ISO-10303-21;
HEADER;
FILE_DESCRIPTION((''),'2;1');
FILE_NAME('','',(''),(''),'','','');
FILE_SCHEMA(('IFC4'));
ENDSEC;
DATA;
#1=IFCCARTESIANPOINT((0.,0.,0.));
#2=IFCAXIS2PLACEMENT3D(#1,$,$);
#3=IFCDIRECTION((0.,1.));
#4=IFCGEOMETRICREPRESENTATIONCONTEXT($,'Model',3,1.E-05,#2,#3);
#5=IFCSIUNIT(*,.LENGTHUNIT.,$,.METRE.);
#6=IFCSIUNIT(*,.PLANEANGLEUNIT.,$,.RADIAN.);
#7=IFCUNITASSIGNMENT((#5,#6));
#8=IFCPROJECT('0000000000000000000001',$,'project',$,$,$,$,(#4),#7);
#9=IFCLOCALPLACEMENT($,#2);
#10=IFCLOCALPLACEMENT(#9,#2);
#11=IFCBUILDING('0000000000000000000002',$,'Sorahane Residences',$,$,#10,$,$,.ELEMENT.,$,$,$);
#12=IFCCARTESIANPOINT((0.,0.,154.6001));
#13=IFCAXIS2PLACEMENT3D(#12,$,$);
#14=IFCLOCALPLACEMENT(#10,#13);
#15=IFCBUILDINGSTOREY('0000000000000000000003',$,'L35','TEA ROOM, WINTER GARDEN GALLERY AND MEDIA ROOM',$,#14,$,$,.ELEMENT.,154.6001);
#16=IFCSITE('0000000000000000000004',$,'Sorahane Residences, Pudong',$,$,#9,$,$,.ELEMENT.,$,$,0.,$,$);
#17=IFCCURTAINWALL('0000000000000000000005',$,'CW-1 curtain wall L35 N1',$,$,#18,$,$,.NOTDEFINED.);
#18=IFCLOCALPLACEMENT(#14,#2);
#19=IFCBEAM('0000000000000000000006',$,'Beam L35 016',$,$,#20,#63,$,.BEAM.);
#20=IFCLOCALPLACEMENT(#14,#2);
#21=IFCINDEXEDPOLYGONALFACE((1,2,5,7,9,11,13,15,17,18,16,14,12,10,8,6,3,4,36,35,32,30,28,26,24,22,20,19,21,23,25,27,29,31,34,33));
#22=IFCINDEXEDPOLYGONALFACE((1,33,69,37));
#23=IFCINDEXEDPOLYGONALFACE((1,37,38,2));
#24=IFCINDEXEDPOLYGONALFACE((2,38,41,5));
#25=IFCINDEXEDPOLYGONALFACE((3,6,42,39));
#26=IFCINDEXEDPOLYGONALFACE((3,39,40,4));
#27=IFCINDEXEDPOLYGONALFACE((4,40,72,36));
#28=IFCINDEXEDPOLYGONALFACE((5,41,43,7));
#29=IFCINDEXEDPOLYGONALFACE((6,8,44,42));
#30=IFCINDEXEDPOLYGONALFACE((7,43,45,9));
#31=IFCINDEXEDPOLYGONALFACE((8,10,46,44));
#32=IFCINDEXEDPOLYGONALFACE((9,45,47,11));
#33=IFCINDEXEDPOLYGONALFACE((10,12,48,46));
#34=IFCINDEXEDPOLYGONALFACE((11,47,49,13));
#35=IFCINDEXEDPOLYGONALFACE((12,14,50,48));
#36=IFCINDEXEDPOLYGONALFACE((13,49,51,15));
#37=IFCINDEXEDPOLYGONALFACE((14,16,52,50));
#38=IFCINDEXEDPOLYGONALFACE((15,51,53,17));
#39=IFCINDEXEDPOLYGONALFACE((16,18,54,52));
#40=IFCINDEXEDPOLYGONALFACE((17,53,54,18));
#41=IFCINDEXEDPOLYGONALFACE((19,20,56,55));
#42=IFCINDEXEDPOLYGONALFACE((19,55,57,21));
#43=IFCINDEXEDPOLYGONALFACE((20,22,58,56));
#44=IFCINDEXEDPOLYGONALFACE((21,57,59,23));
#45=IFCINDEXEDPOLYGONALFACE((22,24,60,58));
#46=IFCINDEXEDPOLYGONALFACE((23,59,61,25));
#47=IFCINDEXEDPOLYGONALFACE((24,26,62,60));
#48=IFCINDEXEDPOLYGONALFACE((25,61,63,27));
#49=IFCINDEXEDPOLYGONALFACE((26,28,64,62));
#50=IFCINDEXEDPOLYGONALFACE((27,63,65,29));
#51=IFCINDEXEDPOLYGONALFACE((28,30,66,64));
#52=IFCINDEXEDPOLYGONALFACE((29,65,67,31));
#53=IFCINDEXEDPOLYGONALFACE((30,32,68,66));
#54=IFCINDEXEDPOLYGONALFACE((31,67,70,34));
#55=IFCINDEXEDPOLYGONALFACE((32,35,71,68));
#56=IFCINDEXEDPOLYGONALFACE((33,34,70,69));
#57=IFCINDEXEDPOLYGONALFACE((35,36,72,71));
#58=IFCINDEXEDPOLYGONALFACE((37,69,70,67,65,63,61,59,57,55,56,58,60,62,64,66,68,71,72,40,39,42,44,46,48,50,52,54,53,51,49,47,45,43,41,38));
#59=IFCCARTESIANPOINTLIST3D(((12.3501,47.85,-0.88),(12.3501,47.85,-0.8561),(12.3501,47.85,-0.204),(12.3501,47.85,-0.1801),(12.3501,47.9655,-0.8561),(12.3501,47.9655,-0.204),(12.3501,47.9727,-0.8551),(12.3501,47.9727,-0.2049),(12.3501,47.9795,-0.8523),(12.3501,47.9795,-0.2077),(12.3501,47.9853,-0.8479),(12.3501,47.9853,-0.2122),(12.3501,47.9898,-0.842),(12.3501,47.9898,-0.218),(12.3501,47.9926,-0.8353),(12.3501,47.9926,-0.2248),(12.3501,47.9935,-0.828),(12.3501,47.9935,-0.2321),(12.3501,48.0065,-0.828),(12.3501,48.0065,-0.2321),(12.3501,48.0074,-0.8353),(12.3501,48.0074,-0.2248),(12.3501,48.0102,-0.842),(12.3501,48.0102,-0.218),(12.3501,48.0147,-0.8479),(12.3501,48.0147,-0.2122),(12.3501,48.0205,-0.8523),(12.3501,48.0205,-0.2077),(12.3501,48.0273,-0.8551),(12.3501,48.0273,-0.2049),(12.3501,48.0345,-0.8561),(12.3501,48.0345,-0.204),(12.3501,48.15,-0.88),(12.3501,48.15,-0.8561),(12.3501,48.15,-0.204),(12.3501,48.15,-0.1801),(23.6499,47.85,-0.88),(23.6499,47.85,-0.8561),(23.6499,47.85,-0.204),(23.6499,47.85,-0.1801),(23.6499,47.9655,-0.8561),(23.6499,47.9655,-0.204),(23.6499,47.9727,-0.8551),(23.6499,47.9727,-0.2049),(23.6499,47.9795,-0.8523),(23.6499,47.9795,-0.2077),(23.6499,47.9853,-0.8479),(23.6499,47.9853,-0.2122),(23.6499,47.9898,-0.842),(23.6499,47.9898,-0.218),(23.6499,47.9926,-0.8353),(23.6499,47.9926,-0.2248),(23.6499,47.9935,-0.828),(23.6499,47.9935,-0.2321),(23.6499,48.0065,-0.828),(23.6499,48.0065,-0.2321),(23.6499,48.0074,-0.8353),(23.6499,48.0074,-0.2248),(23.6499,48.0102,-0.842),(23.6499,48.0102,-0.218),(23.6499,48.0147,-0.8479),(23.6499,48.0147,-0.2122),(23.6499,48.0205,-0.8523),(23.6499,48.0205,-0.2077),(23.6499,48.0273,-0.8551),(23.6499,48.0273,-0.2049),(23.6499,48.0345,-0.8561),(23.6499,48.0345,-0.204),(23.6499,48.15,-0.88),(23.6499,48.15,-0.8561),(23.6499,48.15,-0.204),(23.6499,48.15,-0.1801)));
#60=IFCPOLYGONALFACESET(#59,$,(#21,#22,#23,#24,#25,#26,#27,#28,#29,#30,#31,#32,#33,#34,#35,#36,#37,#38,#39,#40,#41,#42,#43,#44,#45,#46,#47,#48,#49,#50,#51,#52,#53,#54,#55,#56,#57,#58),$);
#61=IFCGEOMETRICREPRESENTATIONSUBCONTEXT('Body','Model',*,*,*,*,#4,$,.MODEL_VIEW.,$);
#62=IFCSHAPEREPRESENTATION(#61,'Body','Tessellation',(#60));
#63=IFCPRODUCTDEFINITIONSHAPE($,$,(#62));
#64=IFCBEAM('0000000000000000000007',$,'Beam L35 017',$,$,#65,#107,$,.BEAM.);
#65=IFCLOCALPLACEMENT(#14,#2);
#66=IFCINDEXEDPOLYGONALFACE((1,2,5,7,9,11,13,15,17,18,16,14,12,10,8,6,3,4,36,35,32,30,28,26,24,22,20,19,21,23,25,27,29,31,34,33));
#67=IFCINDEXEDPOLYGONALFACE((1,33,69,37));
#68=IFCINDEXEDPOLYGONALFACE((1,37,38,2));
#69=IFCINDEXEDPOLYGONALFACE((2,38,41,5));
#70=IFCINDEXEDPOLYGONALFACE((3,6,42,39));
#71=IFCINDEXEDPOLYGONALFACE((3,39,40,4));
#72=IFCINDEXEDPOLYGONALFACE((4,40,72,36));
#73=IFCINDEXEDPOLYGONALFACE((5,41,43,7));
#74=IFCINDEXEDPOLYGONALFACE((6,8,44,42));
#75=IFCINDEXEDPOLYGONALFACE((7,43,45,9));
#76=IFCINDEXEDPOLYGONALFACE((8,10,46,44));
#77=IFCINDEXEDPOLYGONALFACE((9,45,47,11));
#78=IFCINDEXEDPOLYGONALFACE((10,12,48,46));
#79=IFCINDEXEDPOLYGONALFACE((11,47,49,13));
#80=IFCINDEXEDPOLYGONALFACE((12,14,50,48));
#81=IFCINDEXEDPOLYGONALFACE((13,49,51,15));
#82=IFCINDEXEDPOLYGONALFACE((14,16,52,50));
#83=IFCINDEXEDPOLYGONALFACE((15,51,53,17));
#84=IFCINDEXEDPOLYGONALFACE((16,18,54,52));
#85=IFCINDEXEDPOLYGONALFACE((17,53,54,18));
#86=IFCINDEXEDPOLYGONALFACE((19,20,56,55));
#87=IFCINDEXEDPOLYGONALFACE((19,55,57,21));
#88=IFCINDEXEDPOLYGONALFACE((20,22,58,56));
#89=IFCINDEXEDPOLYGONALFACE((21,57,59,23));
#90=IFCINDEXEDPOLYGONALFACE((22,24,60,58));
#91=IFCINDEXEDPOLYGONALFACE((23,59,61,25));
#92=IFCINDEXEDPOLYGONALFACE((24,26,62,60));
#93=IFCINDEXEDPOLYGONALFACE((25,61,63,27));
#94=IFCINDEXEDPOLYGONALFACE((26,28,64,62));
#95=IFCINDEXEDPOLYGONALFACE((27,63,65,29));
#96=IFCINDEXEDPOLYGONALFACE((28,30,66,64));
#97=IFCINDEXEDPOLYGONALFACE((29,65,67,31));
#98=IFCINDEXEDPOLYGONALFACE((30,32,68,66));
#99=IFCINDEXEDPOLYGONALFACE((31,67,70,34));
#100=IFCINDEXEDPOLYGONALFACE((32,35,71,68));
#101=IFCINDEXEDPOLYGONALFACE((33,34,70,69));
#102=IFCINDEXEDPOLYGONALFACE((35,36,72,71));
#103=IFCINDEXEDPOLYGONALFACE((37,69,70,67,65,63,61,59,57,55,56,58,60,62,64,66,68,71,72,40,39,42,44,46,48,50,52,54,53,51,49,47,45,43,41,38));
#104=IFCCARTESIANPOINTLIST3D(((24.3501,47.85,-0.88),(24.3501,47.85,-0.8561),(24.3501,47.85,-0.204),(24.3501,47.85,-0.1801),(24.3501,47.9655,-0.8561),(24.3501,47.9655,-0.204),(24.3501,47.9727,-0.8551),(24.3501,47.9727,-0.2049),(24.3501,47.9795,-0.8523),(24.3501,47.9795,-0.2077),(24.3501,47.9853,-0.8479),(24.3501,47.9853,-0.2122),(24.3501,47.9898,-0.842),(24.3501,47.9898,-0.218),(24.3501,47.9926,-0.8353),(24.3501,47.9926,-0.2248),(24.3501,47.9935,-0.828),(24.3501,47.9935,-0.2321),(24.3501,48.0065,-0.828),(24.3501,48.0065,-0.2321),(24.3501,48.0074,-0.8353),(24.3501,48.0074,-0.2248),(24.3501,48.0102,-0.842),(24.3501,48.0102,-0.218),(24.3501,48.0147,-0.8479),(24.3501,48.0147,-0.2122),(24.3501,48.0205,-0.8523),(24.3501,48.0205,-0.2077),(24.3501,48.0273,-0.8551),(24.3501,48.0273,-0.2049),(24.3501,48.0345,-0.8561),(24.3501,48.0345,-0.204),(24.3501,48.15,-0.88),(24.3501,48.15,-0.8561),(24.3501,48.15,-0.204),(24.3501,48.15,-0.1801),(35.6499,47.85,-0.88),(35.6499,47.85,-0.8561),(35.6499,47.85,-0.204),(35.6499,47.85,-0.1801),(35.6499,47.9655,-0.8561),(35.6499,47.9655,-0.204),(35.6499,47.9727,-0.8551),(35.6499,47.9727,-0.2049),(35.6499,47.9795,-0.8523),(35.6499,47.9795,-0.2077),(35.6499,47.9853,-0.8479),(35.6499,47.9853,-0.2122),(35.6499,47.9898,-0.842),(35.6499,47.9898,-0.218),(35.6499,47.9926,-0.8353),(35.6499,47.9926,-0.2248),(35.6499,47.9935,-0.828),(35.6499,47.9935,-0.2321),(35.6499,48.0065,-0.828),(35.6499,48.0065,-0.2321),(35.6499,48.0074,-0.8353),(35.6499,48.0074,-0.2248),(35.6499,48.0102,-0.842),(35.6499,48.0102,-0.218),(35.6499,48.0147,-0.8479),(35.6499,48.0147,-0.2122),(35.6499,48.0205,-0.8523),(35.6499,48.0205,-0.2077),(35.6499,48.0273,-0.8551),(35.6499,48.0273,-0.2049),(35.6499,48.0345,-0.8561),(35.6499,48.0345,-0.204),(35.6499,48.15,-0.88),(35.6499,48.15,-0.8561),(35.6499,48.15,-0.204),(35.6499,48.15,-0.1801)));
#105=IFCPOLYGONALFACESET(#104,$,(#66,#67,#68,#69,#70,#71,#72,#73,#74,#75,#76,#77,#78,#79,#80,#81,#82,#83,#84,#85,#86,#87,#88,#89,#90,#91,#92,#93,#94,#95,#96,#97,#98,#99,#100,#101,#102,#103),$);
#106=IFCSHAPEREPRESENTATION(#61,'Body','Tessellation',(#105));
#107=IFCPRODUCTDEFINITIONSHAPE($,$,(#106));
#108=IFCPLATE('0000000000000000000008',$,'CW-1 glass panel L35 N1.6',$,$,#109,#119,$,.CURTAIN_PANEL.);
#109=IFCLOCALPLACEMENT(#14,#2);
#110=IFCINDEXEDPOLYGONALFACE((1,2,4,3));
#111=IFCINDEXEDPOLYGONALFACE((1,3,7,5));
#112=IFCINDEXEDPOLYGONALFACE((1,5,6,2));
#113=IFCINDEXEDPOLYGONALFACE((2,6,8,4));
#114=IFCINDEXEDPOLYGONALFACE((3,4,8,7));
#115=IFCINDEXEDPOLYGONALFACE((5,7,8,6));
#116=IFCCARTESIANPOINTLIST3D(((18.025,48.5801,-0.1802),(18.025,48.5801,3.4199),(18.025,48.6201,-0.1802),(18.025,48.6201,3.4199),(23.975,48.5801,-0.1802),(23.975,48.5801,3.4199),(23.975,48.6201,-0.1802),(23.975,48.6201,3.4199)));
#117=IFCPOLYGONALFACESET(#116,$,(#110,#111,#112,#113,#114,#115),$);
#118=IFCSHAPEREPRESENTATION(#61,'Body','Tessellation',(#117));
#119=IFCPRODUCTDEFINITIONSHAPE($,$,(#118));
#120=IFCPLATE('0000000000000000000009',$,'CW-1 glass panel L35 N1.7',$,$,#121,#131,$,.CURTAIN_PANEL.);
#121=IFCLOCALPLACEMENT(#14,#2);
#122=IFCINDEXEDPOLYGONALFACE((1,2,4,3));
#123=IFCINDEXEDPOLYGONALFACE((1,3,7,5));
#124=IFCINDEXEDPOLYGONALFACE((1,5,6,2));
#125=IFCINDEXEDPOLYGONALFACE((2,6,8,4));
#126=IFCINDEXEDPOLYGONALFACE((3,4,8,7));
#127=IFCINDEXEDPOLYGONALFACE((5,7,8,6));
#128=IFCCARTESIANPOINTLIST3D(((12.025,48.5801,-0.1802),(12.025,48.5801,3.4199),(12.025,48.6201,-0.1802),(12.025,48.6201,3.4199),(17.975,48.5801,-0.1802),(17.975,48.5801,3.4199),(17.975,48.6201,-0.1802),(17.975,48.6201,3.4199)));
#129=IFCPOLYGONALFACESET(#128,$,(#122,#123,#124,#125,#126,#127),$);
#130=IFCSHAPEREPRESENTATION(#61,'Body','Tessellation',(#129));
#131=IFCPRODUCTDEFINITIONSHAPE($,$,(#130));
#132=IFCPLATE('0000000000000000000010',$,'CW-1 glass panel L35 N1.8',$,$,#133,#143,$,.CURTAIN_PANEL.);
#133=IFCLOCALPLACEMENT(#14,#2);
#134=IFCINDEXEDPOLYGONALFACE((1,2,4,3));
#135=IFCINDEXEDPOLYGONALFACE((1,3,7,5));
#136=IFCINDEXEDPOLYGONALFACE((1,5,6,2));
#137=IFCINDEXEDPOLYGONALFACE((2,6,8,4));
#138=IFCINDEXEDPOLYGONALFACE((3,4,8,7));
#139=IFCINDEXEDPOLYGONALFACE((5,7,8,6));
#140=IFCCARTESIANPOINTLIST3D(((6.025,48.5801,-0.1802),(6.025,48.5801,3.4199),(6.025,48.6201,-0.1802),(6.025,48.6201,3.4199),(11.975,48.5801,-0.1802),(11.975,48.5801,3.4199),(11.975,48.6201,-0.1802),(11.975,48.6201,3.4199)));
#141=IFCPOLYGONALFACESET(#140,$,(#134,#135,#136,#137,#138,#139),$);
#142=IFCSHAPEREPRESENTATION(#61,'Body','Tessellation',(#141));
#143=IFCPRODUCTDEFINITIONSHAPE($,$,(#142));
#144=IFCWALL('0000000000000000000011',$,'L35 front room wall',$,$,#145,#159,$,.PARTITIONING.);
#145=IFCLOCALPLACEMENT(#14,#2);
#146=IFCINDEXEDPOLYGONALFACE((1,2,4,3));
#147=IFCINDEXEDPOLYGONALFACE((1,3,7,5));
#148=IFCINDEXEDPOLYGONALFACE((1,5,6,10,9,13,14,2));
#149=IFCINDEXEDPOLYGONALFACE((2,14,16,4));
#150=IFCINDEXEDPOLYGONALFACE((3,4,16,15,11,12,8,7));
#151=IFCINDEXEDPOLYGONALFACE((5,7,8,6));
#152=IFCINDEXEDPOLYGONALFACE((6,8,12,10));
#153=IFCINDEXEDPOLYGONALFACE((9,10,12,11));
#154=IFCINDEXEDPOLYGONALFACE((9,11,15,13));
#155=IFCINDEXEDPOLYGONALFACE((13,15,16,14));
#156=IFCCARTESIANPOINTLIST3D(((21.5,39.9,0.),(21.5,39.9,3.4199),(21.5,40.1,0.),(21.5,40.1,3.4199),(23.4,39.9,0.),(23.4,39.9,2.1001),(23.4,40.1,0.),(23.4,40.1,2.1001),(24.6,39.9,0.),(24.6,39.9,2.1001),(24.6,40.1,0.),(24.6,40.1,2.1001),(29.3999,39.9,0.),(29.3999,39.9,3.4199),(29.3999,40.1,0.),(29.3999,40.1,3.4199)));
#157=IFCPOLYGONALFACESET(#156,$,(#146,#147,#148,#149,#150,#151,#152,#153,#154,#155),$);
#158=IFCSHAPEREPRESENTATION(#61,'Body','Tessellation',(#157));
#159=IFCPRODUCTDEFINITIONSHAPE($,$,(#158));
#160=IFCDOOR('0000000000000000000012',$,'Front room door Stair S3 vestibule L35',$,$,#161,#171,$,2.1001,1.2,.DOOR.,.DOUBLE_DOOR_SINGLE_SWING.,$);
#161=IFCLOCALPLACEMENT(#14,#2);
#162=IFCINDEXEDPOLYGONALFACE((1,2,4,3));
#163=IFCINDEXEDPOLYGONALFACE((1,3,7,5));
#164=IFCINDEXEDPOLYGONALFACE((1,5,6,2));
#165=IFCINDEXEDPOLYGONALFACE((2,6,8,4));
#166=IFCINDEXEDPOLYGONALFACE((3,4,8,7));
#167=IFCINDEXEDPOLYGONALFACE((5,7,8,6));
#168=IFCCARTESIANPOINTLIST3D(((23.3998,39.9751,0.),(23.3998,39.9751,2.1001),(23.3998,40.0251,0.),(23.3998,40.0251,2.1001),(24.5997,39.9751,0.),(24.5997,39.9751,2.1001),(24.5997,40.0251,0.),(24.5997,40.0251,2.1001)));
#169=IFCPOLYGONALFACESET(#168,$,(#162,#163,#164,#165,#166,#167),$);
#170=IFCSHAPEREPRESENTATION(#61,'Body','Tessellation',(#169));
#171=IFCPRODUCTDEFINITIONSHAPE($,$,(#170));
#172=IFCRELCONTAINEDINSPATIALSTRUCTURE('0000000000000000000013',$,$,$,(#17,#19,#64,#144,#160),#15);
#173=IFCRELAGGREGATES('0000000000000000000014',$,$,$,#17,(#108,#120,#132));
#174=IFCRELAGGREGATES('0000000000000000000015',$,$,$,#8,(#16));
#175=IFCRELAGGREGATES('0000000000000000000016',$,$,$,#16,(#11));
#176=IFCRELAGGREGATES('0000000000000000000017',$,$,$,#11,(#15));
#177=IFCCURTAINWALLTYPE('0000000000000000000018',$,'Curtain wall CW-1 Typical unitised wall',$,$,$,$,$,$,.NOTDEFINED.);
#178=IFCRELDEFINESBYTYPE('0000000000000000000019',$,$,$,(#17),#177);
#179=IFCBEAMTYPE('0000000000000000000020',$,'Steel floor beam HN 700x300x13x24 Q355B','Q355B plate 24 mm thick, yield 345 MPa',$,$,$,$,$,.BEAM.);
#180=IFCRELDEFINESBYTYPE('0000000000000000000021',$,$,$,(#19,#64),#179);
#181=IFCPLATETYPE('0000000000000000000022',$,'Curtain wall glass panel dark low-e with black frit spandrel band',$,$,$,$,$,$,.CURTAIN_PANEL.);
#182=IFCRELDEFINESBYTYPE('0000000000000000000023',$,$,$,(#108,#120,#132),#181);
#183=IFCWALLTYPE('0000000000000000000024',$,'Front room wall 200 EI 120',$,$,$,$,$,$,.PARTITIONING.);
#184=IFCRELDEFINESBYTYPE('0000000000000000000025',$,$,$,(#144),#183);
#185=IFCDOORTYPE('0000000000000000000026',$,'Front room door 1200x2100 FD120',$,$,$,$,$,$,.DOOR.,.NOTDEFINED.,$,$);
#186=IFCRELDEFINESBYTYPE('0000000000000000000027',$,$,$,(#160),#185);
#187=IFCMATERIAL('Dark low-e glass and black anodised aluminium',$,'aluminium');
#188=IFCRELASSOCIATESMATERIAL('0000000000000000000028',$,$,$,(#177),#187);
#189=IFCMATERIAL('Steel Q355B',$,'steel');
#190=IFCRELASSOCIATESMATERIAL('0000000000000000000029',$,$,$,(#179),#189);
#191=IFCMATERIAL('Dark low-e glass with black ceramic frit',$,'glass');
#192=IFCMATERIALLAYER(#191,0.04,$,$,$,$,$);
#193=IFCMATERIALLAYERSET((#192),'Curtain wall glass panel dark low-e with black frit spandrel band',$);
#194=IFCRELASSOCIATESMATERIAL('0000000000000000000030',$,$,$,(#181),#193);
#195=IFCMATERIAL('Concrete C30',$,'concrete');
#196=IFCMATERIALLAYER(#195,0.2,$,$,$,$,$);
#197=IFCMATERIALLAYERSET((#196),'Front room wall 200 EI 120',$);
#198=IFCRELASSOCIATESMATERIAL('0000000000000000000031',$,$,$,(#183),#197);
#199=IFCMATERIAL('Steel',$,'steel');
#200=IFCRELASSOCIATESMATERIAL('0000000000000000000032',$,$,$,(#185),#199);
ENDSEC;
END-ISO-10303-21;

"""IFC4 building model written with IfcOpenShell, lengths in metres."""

from ifc_helpers import new_model, si_unit, direction, frame, frame_2d, origin, origin_2d, place, context, subcontext, project, spatial, rectangle, i_section, extrude, material, layer, layer_set, material_profile, profile_set, type_object, element, fill, aggregate, save


model = new_model("IFC4")

# Units and contexts
model_context = context("Model", 3, precision=1e-05, world=origin(), true_north=direction((0.0, 1.0)))
body_context = subcontext(model_context, "Body", "Model", "MODEL_VIEW")
ifc_project = project(units=[si_unit("LENGTHUNIT", "METRE"), si_unit("PLANEANGLEUNIT", "RADIAN")], contexts=[model_context])

# Site, building, storey
site_placement = place(None, origin())
site = spatial("IfcSite", under=ifc_project, at=site_placement, Name="Sorahane Residences, Pudong", CompositionType="ELEMENT", RefElevation=0.0)
building_placement = place(site_placement, origin())
building = spatial("IfcBuilding", under=site, at=building_placement, Name="Sorahane Residences", CompositionType="ELEMENT")
storey_placement = place(building_placement, frame((0.0, 0.0, 154.6001)))
storey = spatial("IfcBuildingStorey", under=building, at=storey_placement, Name="L35", Description="TEA ROOM, WINTER GARDEN GALLERY AND MEDIA ROOM", CompositionType="ELEMENT", Elevation=154.6001)

# Curtain wall
ifc_material_1 = material(Name="Dark low-e glass and black anodised aluminium", Category="aluminium")
curtain_wall_type = type_object("IfcCurtainWallType", Name="Curtain wall CW-1 Typical unitised wall", PredefinedType="NOTDEFINED", material=ifc_material_1)
curtain_wall_placement = place(storey_placement, origin())
curtain_wall = element("IfcCurtainWall", 1, at=curtain_wall_placement, inside=storey, type_object=curtain_wall_type, Name="CW-1 curtain wall L35 N1", PredefinedType="NOTDEFINED")

# Beams
ifc_material_2 = material(Name="Steel Q355B", Category="steel")
ifc_material_profile_1 = material_profile(ifc_material_2, i_section(OverallWidth=0.3, OverallDepth=0.7, WebThickness=0.0129, FlangeThickness=0.0239, FilletRadius=0.0281, at=origin_2d()), Name="HN 700x300x13x24")
ifc_profile_set_1 = profile_set([ifc_material_profile_1], Name="Steel Q355B")
beam_type_1 = type_object("IfcBeamType", Name="Steel floor beam HN 700x300x13x24 Q355B", Description="Q355B plate 24 mm thick, yield 345 MPa", PredefinedType="BEAM", material=ifc_profile_set_1)
for number, where, z_axis, x_axis, name in (
    (2, (12.3501, 48.0, -0.53), (1.0, 0.0, 0.0), (0.0, 1.0, 0.0), "Beam L35 016"),
    (3, (24.3501, 48.0, -0.53), (1.0, 0.0, 0.0), (0.0, 1.0, 0.0), "Beam L35 017"),
):
    element("IfcBeam", number, at=place(storey_placement, frame(where, z_axis=z_axis, x_axis=x_axis)), inside=storey, type_object=beam_type_1, Name=name, PredefinedType="BEAM", context=body_context, shape_type="SweptSolid", body=[
        extrude(i_section(OverallWidth=0.3, OverallDepth=0.7, WebThickness=0.0129, FlangeThickness=0.0239, FilletRadius=0.0281, at=origin_2d()), origin(), (0.0, 0.0, 1.0), 11.2998),
    ])

# Plates
ifc_material_3 = material(Name="Dark low-e glass with black ceramic frit", Category="glass")
ifc_layer_1 = layer(ifc_material_3, 0.04)
ifc_layer_set_1 = layer_set([ifc_layer_1], Name="Curtain wall glass panel dark low-e with black frit spandrel band")
plate_type = type_object("IfcPlateType", Name="Curtain wall glass panel dark low-e with black frit spandrel band", PredefinedType="CURTAIN_PANEL", material=ifc_layer_set_1)
plate_1_placement = place(storey_placement, frame((21.0, 48.6001, -0.1802), z_axis=(0.0, 0.0, 1.0), x_axis=(-1.0, 0.0, 0.0)))
plate_1 = element("IfcPlate", 4, at=plate_1_placement, type_object=plate_type, Name="CW-1 glass panel L35 N1.6", PredefinedType="CURTAIN_PANEL", context=body_context, shape_type="SweptSolid", body=[
    extrude(rectangle(XDim=5.95, YDim=0.04, at=origin_2d()), origin(), (0.0, 0.0, 1.0), 3.6001),
])
plate_2_placement = place(storey_placement, frame((15.0, 48.6001, -0.1802), z_axis=(0.0, 0.0, 1.0), x_axis=(-1.0, 0.0, 0.0)))
plate_2 = element("IfcPlate", 5, at=plate_2_placement, type_object=plate_type, Name="CW-1 glass panel L35 N1.7", PredefinedType="CURTAIN_PANEL", context=body_context, shape_type="SweptSolid", body=[
    extrude(rectangle(XDim=5.95, YDim=0.04, at=origin_2d()), origin(), (0.0, 0.0, 1.0), 3.6001),
])
plate_3_placement = place(storey_placement, frame((9.0, 48.6001, -0.1802), z_axis=(0.0, 0.0, 1.0), x_axis=(-1.0, 0.0, 0.0)))
plate_3 = element("IfcPlate", 6, at=plate_3_placement, type_object=plate_type, Name="CW-1 glass panel L35 N1.8", PredefinedType="CURTAIN_PANEL", context=body_context, shape_type="SweptSolid", body=[
    extrude(rectangle(XDim=5.95, YDim=0.04, at=origin_2d()), origin(), (0.0, 0.0, 1.0), 3.6001),
])
aggregate(curtain_wall, [plate_1, plate_2, plate_3])

# Wall, opening, door
ifc_material_4 = material(Name="Concrete C30", Category="concrete")
ifc_layer_2 = layer(ifc_material_4, 0.2)
ifc_layer_set_2 = layer_set([ifc_layer_2], Name="Front room wall 200 EI 120")
wall_type_1 = type_object("IfcWallType", Name="Front room wall 200 EI 120", PredefinedType="PARTITIONING", material=ifc_layer_set_2)
wall_1_placement = place(storey_placement, frame((21.5, 40.0, 0.0), z_axis=(0.0, 0.0, 1.0), x_axis=(1.0, 0.0, 0.0)))
wall_1 = element("IfcWall", 7, at=wall_1_placement, inside=storey, type_object=wall_type_1, Name="L35 front room wall", PredefinedType="PARTITIONING", context=body_context, shape_type="SweptSolid", body=[
    extrude(rectangle(XDim=7.8999, YDim=0.2, at=frame_2d((3.95, 0.0))), origin(), (0.0, 0.0, 1.0), 3.4199),
])
opening_1_placement = place(wall_1_placement, frame((1.8999, 0.0, 0.0)))
opening_1 = element("IfcOpeningElement", 8, at=opening_1_placement, cuts=wall_1, PredefinedType="OPENING", context=body_context, shape_type="SweptSolid", body=[
    extrude(rectangle(XDim=1.2, YDim=2.1001, at=frame_2d((0.6001, 1.05))), frame((0.0, 0.1099, 0.0), z_axis=(0.0, -1.0, 0.0), x_axis=(1.0, 0.0, 0.0)), (0.0, 0.0, 1.0), 0.22),
])
ifc_material_5 = material(Name="Steel", Category="steel")
door_type = type_object("IfcDoorType", Name="Front room door 1200x2100 FD120", OperationType="NOTDEFINED", PredefinedType="DOOR", material=ifc_material_5)
door_1_placement = place(opening_1_placement, frame((1.2, 0.0, 0.0), z_axis=(0.0, 0.0, 1.0), x_axis=(-1.0, 0.0, 0.0)))
door_1 = element("IfcDoor", 9, at=door_1_placement, inside=storey, type_object=door_type, Name="Front room door Stair S3 vestibule L35", OperationType="DOUBLE_DOOR_SINGLE_SWING", OverallHeight=2.1001, OverallWidth=1.2, PredefinedType="DOOR", context=body_context, shape_type="SweptSolid", body=[
    extrude(rectangle(XDim=1.2, YDim=2.1001, at=frame_2d((0.6001, 1.05))), frame((0.0, 0.0249, 0.0), z_axis=(0.0, -1.0, 0.0), x_axis=(1.0, 0.0, 0.0)), (0.0, 0.0, 1.0), 0.05),
])
fill(opening_1, door_1)

save(model, "model.ifc")
